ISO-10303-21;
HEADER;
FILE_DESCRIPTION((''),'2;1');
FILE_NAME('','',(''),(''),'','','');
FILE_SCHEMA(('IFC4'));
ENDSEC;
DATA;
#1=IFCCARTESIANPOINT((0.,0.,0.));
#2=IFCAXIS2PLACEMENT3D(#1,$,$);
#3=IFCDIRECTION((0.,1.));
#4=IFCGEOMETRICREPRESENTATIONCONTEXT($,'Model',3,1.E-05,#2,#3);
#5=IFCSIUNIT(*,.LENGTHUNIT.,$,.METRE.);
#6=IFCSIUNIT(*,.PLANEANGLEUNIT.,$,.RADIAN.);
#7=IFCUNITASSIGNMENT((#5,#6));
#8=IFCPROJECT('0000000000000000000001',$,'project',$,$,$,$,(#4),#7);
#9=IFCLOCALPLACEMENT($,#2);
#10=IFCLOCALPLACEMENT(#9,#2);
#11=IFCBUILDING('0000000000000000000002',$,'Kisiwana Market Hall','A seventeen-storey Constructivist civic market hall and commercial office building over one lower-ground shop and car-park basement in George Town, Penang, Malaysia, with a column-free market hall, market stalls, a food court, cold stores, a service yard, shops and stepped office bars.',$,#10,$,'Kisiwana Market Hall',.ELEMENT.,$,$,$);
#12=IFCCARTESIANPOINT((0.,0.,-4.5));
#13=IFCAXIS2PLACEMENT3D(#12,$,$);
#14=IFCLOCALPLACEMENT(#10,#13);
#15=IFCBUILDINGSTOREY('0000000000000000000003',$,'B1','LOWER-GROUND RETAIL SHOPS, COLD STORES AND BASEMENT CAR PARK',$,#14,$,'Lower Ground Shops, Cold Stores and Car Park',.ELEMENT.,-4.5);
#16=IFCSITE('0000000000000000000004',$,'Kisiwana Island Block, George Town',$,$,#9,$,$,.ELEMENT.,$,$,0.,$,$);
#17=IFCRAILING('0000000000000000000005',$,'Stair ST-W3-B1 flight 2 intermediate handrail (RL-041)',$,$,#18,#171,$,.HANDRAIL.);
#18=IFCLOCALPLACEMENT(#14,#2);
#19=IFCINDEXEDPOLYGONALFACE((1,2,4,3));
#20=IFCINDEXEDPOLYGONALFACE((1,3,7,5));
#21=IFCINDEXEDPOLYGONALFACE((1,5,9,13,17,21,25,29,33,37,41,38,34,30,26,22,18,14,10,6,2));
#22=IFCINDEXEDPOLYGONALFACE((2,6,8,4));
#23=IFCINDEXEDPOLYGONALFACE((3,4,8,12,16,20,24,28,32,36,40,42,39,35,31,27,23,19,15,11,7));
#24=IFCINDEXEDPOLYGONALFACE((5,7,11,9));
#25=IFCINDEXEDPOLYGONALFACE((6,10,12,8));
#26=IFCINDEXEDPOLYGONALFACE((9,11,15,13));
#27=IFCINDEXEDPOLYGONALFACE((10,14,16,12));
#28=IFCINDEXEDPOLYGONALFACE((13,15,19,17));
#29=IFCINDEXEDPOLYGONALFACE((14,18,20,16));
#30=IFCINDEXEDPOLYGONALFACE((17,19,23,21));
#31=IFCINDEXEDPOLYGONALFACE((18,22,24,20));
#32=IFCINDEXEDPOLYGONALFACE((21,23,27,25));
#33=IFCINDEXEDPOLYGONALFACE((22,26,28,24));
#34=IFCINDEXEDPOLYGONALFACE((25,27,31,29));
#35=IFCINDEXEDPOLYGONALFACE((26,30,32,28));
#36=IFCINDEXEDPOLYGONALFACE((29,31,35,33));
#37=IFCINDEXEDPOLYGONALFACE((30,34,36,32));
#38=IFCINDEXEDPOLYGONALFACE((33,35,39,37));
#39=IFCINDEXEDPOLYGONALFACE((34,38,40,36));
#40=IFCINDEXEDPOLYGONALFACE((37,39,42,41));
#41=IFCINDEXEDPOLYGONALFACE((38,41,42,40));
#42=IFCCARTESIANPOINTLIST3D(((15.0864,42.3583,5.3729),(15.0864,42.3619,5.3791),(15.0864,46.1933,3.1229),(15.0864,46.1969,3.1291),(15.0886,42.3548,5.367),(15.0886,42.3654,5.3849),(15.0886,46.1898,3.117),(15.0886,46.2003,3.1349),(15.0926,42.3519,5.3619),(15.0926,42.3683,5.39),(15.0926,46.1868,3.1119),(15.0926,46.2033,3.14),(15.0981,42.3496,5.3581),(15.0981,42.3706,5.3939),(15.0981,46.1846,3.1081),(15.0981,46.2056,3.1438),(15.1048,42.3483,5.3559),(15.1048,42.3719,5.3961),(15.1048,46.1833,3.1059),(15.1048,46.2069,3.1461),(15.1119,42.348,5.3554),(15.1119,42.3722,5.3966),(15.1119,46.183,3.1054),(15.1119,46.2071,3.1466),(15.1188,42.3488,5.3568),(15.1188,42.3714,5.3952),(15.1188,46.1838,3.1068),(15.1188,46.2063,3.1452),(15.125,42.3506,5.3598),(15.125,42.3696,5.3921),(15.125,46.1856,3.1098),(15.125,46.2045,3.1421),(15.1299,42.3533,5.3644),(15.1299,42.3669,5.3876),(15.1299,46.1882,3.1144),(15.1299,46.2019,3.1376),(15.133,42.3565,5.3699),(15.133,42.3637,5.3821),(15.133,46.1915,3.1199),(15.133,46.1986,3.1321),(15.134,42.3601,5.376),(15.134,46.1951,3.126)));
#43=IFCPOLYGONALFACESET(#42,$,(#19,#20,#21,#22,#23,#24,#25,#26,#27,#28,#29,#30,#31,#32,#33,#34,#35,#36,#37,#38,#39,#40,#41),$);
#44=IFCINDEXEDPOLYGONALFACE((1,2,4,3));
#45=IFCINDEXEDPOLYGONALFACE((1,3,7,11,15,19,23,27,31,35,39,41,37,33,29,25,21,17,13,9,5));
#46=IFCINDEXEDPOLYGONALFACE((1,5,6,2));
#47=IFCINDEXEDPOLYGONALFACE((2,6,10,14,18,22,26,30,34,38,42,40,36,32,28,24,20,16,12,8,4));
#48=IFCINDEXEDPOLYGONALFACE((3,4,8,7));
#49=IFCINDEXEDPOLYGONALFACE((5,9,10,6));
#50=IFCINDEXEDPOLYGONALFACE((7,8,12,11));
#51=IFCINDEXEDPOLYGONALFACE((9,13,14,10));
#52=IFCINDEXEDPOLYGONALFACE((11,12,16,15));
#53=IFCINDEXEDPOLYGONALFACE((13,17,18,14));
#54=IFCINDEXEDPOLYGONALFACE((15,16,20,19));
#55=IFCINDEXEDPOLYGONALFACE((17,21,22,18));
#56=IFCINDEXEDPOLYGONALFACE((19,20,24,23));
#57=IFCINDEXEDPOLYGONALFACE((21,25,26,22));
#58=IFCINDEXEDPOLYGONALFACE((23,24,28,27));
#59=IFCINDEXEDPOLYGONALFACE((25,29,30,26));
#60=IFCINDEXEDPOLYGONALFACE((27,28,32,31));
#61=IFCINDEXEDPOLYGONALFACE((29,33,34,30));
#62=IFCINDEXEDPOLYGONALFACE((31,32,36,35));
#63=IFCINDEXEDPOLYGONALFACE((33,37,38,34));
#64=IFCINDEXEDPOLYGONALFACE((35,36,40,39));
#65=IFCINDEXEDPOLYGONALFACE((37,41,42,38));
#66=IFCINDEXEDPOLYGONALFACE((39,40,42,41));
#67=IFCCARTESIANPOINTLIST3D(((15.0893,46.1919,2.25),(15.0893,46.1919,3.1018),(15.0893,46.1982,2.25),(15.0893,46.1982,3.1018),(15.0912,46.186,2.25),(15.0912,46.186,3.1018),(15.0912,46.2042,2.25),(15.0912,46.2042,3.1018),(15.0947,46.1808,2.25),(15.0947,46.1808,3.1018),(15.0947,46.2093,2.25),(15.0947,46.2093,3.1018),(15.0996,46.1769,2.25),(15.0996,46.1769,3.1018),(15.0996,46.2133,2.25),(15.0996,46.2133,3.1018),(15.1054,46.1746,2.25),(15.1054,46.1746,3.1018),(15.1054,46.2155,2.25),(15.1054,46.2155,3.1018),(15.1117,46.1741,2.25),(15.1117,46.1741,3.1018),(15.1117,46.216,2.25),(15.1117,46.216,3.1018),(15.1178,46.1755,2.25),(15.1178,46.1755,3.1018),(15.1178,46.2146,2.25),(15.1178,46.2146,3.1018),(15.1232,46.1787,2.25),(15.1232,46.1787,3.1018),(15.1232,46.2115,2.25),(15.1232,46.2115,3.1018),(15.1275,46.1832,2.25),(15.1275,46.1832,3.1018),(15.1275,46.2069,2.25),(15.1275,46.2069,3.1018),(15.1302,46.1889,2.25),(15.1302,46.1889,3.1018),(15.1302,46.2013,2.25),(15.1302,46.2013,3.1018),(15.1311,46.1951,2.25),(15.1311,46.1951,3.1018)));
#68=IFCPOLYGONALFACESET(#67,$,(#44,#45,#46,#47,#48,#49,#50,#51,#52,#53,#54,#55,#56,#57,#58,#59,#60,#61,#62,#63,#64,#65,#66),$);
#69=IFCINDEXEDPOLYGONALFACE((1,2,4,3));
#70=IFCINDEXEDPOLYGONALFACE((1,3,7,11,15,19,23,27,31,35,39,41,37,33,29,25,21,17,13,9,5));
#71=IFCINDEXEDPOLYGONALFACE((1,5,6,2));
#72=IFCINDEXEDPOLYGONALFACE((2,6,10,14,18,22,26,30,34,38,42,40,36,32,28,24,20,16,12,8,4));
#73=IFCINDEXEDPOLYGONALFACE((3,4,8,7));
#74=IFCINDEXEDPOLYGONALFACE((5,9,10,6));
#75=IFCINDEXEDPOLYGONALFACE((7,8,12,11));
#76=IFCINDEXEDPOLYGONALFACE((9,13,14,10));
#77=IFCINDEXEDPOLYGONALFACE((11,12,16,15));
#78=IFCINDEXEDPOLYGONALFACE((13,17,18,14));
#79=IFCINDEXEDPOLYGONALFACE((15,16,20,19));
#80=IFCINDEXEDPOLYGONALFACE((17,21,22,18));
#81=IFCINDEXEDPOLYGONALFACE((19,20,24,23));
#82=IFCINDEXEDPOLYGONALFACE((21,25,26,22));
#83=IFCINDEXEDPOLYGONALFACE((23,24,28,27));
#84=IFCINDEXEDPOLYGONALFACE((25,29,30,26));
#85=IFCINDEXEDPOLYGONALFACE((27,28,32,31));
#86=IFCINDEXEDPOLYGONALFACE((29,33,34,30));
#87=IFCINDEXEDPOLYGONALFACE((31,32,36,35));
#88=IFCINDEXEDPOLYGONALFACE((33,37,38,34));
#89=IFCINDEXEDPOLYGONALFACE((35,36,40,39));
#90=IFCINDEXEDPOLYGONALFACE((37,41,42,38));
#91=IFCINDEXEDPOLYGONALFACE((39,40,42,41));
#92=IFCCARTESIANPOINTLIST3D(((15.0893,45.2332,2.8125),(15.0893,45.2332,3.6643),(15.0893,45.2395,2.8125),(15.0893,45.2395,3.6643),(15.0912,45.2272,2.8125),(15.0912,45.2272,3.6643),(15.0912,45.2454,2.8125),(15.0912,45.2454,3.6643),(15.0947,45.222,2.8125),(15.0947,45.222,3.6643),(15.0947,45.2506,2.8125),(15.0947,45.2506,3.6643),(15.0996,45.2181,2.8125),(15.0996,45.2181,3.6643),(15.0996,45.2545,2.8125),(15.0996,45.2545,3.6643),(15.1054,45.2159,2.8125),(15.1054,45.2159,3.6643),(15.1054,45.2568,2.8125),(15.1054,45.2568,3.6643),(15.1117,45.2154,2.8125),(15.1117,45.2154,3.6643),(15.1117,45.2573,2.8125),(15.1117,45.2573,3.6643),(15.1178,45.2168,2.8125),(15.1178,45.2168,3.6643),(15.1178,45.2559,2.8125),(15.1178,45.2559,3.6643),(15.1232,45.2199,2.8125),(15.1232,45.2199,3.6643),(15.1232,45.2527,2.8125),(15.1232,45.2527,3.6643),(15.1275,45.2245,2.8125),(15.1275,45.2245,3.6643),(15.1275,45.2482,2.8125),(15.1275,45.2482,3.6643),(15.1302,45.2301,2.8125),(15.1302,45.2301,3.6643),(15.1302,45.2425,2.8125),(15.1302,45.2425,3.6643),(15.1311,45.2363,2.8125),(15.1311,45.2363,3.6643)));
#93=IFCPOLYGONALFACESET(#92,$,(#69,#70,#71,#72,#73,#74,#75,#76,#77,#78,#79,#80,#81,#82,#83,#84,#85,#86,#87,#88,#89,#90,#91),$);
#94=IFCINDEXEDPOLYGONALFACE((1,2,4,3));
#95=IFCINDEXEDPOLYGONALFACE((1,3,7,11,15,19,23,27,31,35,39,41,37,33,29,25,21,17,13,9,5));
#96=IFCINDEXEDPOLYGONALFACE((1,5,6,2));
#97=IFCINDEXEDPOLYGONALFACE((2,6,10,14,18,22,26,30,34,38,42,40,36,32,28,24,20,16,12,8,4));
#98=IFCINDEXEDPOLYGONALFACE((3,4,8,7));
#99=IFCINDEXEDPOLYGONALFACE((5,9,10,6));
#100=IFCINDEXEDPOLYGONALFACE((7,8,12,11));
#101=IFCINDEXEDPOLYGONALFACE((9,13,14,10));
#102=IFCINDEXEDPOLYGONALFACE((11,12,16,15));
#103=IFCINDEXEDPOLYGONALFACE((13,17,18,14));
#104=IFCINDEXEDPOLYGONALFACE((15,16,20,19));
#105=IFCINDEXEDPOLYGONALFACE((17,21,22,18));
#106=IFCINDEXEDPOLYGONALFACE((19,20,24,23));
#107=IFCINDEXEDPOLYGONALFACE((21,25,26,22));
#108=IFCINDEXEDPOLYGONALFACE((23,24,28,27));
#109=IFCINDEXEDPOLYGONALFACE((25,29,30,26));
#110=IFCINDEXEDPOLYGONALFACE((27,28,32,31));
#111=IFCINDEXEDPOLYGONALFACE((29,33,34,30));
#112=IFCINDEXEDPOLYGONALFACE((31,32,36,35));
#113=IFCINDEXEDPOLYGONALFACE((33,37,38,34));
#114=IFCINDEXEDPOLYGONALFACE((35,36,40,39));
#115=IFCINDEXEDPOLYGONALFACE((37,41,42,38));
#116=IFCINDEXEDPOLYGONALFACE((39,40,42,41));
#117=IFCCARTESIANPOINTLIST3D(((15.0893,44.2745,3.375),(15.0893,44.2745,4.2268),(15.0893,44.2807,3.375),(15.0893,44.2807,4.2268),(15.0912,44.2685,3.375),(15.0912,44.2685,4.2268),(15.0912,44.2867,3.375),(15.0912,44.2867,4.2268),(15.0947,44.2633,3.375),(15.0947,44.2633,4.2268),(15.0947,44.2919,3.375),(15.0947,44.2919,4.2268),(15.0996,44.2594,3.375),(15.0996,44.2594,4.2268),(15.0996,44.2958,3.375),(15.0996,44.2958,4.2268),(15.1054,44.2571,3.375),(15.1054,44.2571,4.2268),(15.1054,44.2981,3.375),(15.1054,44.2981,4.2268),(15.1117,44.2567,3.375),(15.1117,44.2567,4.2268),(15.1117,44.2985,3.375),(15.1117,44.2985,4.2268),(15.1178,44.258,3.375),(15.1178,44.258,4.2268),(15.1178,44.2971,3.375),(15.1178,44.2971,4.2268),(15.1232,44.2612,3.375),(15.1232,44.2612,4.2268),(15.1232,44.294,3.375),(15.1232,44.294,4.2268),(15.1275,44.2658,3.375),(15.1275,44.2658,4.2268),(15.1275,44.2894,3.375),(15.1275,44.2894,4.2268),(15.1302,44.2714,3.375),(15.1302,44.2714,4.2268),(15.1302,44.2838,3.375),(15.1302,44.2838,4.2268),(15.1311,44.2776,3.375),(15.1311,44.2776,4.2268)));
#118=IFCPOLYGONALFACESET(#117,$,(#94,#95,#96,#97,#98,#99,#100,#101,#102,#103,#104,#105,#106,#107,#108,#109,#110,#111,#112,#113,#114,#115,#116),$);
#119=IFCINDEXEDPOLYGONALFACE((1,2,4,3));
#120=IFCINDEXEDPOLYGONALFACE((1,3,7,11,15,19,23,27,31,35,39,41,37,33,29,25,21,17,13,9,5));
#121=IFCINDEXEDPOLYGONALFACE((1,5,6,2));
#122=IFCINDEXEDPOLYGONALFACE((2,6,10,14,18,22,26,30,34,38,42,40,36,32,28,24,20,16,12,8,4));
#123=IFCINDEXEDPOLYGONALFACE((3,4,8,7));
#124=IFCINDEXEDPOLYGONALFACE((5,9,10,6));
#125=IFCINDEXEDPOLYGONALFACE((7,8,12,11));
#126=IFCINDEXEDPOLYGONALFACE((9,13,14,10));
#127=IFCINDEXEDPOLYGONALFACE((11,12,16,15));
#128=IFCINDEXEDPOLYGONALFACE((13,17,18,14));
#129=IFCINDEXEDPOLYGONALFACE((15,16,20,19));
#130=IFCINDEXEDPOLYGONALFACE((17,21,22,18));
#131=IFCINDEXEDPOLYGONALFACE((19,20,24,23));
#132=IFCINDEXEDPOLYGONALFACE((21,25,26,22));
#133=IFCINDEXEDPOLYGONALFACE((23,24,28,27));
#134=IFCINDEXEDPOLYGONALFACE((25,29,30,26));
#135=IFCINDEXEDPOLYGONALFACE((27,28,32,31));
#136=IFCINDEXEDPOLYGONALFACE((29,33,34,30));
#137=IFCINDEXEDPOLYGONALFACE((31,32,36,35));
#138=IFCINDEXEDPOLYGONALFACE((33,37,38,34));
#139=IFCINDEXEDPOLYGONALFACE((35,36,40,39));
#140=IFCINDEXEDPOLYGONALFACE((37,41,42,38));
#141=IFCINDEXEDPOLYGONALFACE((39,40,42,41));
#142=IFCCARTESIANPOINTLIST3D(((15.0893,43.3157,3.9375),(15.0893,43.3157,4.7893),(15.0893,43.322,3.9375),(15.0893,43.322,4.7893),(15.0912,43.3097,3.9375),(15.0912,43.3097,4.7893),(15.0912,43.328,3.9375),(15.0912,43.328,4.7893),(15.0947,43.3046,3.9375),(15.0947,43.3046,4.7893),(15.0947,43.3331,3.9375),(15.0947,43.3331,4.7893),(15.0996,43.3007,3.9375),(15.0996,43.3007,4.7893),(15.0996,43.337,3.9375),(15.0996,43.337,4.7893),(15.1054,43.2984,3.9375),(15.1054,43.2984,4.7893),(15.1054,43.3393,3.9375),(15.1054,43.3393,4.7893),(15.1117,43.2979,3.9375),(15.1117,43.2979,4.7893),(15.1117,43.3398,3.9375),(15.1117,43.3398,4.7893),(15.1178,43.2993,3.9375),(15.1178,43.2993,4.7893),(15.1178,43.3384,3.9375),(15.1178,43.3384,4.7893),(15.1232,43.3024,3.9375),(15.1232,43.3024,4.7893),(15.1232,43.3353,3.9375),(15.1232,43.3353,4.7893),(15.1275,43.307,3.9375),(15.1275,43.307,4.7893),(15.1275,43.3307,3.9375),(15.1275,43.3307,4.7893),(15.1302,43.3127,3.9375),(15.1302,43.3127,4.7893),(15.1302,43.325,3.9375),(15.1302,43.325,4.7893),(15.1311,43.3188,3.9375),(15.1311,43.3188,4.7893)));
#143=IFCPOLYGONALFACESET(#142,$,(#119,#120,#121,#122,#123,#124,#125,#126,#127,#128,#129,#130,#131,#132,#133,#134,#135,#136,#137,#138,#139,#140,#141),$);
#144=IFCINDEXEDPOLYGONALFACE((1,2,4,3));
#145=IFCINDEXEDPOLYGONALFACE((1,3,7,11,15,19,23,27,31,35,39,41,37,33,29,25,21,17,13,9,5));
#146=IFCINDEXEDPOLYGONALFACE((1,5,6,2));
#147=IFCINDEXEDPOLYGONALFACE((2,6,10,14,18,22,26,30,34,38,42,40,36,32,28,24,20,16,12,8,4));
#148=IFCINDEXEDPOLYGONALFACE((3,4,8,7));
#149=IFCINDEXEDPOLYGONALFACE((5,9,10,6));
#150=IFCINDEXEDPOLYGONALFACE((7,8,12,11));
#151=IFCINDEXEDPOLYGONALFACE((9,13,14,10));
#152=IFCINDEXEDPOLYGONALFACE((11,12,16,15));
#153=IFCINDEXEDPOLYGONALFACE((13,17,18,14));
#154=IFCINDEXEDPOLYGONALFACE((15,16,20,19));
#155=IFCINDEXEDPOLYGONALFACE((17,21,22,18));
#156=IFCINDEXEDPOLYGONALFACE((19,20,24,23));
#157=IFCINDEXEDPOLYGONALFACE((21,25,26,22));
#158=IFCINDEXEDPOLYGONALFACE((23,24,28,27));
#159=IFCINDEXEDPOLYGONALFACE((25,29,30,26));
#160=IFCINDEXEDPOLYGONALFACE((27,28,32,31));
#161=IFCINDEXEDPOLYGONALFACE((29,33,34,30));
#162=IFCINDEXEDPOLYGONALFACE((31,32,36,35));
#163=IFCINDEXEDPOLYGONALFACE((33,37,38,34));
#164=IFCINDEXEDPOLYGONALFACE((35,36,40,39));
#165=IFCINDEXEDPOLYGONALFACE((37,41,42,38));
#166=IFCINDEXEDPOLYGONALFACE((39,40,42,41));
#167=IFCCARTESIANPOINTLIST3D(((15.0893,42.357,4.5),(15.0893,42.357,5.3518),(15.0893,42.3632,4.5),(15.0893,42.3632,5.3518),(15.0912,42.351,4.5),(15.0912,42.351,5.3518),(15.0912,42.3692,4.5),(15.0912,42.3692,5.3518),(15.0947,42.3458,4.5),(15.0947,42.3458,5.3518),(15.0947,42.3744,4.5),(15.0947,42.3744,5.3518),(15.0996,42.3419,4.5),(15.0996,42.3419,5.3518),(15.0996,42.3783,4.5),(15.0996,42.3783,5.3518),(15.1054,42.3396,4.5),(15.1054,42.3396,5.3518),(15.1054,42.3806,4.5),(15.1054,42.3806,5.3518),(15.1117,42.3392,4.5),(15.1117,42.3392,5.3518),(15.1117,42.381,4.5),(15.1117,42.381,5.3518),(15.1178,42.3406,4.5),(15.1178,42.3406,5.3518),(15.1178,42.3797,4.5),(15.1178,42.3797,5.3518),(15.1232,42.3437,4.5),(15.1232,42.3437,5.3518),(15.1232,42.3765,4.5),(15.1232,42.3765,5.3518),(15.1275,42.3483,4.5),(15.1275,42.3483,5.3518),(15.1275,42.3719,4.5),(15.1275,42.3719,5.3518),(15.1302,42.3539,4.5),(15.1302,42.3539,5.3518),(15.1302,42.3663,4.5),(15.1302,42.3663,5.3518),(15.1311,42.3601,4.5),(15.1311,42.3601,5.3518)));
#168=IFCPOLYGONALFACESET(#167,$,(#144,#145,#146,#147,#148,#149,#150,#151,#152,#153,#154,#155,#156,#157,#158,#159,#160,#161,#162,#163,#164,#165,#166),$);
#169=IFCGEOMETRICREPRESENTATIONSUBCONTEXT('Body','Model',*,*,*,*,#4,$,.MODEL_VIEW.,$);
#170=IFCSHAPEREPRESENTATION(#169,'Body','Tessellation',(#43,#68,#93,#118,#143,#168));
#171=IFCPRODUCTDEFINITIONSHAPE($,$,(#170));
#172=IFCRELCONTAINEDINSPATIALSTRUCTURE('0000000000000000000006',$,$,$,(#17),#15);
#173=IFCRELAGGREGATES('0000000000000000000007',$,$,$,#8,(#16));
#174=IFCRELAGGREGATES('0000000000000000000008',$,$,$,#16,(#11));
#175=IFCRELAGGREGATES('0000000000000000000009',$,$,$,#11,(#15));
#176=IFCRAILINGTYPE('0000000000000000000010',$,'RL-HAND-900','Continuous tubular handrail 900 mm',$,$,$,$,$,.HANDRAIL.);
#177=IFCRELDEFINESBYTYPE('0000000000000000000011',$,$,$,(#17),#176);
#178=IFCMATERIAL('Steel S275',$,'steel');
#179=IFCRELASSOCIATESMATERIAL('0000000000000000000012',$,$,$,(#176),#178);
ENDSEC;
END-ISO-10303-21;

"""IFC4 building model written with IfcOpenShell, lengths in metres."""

from ifc_helpers import new_model, si_unit, direction, frame, origin, origin_2d, place, context, subcontext, project, spatial, circle, extrude, material, type_object, element, save


model = new_model("IFC4")

# Units and contexts
model_context = context("Model", 3, precision=1e-05, world=origin(), true_north=direction((0.0, 1.0)))
body_context = subcontext(model_context, "Body", "Model", "MODEL_VIEW")
ifc_project = project(units=[si_unit("LENGTHUNIT", "METRE"), si_unit("PLANEANGLEUNIT", "RADIAN")], contexts=[model_context])

# Site, building, storey
site_placement = place(None, origin())
site = spatial("IfcSite", under=ifc_project, at=site_placement, Name="Kisiwana Island Block, George Town", CompositionType="ELEMENT", RefElevation=0.0)
building_placement = place(site_placement, origin())
building = spatial("IfcBuilding", under=site, at=building_placement, Name="Kisiwana Market Hall", Description="A seventeen-storey Constructivist civic market hall and commercial office building over one lower-ground shop and car-park basement in George Town, Penang, Malaysia, with a column-free market hall, market stalls, a food court, cold stores, a service yard, shops and stepped office bars.", LongName="Kisiwana Market Hall", CompositionType="ELEMENT")
storey_placement = place(building_placement, frame((0.0, 0.0, -4.5)))
storey = spatial("IfcBuildingStorey", under=building, at=storey_placement, Name="B1", Description="LOWER-GROUND RETAIL SHOPS, COLD STORES AND BASEMENT CAR PARK", LongName="Lower Ground Shops, Cold Stores and Car Park", CompositionType="ELEMENT", Elevation=-4.5)

# Railing
ifc_material_1 = material(Name="Steel S275", Category="steel")
railing_type_1 = type_object("IfcRailingType", Name="RL-HAND-900", Description="Continuous tubular handrail 900 mm", PredefinedType="HANDRAIL", material=ifc_material_1)
railing_1_placement = place(storey_placement, frame((15.1101, 46.1951, 2.25)))
element("IfcRailing", 1, at=railing_1_placement, inside=storey, type_object=railing_type_1, Name="Stair ST-W3-B1 flight 2 intermediate handrail (RL-041)", PredefinedType="HANDRAIL", context=body_context, shape_type="SweptSolid", body=[
    extrude(circle(Radius=0.0239, at=origin_2d()), frame((0.0, 0.0, 0.876), z_axis=(0.0, -0.86251, 0.506041), x_axis=(1.0, 0.0, 0.0)), (0.0, 0.0, 1.0), 4.4463),
    extrude(circle(Radius=0.021, at=origin_2d()), origin(), (0.0, 0.0, 1.0), 0.8518),
    extrude(circle(Radius=0.021, at=origin_2d()), frame((0.0, -0.9587, 0.5625)), (0.0, 0.0, 1.0), 0.8518),
    extrude(circle(Radius=0.021, at=origin_2d()), frame((0.0, -1.9175, 1.125)), (0.0, 0.0, 1.0), 0.8518),
    extrude(circle(Radius=0.021, at=origin_2d()), frame((0.0, -2.8762, 1.6875)), (0.0, 0.0, 1.0), 0.8518),
    extrude(circle(Radius=0.021, at=origin_2d()), frame((0.0, -3.835, 2.25)), (0.0, 0.0, 1.0), 0.8518),
])

save(model, "model.ifc")
